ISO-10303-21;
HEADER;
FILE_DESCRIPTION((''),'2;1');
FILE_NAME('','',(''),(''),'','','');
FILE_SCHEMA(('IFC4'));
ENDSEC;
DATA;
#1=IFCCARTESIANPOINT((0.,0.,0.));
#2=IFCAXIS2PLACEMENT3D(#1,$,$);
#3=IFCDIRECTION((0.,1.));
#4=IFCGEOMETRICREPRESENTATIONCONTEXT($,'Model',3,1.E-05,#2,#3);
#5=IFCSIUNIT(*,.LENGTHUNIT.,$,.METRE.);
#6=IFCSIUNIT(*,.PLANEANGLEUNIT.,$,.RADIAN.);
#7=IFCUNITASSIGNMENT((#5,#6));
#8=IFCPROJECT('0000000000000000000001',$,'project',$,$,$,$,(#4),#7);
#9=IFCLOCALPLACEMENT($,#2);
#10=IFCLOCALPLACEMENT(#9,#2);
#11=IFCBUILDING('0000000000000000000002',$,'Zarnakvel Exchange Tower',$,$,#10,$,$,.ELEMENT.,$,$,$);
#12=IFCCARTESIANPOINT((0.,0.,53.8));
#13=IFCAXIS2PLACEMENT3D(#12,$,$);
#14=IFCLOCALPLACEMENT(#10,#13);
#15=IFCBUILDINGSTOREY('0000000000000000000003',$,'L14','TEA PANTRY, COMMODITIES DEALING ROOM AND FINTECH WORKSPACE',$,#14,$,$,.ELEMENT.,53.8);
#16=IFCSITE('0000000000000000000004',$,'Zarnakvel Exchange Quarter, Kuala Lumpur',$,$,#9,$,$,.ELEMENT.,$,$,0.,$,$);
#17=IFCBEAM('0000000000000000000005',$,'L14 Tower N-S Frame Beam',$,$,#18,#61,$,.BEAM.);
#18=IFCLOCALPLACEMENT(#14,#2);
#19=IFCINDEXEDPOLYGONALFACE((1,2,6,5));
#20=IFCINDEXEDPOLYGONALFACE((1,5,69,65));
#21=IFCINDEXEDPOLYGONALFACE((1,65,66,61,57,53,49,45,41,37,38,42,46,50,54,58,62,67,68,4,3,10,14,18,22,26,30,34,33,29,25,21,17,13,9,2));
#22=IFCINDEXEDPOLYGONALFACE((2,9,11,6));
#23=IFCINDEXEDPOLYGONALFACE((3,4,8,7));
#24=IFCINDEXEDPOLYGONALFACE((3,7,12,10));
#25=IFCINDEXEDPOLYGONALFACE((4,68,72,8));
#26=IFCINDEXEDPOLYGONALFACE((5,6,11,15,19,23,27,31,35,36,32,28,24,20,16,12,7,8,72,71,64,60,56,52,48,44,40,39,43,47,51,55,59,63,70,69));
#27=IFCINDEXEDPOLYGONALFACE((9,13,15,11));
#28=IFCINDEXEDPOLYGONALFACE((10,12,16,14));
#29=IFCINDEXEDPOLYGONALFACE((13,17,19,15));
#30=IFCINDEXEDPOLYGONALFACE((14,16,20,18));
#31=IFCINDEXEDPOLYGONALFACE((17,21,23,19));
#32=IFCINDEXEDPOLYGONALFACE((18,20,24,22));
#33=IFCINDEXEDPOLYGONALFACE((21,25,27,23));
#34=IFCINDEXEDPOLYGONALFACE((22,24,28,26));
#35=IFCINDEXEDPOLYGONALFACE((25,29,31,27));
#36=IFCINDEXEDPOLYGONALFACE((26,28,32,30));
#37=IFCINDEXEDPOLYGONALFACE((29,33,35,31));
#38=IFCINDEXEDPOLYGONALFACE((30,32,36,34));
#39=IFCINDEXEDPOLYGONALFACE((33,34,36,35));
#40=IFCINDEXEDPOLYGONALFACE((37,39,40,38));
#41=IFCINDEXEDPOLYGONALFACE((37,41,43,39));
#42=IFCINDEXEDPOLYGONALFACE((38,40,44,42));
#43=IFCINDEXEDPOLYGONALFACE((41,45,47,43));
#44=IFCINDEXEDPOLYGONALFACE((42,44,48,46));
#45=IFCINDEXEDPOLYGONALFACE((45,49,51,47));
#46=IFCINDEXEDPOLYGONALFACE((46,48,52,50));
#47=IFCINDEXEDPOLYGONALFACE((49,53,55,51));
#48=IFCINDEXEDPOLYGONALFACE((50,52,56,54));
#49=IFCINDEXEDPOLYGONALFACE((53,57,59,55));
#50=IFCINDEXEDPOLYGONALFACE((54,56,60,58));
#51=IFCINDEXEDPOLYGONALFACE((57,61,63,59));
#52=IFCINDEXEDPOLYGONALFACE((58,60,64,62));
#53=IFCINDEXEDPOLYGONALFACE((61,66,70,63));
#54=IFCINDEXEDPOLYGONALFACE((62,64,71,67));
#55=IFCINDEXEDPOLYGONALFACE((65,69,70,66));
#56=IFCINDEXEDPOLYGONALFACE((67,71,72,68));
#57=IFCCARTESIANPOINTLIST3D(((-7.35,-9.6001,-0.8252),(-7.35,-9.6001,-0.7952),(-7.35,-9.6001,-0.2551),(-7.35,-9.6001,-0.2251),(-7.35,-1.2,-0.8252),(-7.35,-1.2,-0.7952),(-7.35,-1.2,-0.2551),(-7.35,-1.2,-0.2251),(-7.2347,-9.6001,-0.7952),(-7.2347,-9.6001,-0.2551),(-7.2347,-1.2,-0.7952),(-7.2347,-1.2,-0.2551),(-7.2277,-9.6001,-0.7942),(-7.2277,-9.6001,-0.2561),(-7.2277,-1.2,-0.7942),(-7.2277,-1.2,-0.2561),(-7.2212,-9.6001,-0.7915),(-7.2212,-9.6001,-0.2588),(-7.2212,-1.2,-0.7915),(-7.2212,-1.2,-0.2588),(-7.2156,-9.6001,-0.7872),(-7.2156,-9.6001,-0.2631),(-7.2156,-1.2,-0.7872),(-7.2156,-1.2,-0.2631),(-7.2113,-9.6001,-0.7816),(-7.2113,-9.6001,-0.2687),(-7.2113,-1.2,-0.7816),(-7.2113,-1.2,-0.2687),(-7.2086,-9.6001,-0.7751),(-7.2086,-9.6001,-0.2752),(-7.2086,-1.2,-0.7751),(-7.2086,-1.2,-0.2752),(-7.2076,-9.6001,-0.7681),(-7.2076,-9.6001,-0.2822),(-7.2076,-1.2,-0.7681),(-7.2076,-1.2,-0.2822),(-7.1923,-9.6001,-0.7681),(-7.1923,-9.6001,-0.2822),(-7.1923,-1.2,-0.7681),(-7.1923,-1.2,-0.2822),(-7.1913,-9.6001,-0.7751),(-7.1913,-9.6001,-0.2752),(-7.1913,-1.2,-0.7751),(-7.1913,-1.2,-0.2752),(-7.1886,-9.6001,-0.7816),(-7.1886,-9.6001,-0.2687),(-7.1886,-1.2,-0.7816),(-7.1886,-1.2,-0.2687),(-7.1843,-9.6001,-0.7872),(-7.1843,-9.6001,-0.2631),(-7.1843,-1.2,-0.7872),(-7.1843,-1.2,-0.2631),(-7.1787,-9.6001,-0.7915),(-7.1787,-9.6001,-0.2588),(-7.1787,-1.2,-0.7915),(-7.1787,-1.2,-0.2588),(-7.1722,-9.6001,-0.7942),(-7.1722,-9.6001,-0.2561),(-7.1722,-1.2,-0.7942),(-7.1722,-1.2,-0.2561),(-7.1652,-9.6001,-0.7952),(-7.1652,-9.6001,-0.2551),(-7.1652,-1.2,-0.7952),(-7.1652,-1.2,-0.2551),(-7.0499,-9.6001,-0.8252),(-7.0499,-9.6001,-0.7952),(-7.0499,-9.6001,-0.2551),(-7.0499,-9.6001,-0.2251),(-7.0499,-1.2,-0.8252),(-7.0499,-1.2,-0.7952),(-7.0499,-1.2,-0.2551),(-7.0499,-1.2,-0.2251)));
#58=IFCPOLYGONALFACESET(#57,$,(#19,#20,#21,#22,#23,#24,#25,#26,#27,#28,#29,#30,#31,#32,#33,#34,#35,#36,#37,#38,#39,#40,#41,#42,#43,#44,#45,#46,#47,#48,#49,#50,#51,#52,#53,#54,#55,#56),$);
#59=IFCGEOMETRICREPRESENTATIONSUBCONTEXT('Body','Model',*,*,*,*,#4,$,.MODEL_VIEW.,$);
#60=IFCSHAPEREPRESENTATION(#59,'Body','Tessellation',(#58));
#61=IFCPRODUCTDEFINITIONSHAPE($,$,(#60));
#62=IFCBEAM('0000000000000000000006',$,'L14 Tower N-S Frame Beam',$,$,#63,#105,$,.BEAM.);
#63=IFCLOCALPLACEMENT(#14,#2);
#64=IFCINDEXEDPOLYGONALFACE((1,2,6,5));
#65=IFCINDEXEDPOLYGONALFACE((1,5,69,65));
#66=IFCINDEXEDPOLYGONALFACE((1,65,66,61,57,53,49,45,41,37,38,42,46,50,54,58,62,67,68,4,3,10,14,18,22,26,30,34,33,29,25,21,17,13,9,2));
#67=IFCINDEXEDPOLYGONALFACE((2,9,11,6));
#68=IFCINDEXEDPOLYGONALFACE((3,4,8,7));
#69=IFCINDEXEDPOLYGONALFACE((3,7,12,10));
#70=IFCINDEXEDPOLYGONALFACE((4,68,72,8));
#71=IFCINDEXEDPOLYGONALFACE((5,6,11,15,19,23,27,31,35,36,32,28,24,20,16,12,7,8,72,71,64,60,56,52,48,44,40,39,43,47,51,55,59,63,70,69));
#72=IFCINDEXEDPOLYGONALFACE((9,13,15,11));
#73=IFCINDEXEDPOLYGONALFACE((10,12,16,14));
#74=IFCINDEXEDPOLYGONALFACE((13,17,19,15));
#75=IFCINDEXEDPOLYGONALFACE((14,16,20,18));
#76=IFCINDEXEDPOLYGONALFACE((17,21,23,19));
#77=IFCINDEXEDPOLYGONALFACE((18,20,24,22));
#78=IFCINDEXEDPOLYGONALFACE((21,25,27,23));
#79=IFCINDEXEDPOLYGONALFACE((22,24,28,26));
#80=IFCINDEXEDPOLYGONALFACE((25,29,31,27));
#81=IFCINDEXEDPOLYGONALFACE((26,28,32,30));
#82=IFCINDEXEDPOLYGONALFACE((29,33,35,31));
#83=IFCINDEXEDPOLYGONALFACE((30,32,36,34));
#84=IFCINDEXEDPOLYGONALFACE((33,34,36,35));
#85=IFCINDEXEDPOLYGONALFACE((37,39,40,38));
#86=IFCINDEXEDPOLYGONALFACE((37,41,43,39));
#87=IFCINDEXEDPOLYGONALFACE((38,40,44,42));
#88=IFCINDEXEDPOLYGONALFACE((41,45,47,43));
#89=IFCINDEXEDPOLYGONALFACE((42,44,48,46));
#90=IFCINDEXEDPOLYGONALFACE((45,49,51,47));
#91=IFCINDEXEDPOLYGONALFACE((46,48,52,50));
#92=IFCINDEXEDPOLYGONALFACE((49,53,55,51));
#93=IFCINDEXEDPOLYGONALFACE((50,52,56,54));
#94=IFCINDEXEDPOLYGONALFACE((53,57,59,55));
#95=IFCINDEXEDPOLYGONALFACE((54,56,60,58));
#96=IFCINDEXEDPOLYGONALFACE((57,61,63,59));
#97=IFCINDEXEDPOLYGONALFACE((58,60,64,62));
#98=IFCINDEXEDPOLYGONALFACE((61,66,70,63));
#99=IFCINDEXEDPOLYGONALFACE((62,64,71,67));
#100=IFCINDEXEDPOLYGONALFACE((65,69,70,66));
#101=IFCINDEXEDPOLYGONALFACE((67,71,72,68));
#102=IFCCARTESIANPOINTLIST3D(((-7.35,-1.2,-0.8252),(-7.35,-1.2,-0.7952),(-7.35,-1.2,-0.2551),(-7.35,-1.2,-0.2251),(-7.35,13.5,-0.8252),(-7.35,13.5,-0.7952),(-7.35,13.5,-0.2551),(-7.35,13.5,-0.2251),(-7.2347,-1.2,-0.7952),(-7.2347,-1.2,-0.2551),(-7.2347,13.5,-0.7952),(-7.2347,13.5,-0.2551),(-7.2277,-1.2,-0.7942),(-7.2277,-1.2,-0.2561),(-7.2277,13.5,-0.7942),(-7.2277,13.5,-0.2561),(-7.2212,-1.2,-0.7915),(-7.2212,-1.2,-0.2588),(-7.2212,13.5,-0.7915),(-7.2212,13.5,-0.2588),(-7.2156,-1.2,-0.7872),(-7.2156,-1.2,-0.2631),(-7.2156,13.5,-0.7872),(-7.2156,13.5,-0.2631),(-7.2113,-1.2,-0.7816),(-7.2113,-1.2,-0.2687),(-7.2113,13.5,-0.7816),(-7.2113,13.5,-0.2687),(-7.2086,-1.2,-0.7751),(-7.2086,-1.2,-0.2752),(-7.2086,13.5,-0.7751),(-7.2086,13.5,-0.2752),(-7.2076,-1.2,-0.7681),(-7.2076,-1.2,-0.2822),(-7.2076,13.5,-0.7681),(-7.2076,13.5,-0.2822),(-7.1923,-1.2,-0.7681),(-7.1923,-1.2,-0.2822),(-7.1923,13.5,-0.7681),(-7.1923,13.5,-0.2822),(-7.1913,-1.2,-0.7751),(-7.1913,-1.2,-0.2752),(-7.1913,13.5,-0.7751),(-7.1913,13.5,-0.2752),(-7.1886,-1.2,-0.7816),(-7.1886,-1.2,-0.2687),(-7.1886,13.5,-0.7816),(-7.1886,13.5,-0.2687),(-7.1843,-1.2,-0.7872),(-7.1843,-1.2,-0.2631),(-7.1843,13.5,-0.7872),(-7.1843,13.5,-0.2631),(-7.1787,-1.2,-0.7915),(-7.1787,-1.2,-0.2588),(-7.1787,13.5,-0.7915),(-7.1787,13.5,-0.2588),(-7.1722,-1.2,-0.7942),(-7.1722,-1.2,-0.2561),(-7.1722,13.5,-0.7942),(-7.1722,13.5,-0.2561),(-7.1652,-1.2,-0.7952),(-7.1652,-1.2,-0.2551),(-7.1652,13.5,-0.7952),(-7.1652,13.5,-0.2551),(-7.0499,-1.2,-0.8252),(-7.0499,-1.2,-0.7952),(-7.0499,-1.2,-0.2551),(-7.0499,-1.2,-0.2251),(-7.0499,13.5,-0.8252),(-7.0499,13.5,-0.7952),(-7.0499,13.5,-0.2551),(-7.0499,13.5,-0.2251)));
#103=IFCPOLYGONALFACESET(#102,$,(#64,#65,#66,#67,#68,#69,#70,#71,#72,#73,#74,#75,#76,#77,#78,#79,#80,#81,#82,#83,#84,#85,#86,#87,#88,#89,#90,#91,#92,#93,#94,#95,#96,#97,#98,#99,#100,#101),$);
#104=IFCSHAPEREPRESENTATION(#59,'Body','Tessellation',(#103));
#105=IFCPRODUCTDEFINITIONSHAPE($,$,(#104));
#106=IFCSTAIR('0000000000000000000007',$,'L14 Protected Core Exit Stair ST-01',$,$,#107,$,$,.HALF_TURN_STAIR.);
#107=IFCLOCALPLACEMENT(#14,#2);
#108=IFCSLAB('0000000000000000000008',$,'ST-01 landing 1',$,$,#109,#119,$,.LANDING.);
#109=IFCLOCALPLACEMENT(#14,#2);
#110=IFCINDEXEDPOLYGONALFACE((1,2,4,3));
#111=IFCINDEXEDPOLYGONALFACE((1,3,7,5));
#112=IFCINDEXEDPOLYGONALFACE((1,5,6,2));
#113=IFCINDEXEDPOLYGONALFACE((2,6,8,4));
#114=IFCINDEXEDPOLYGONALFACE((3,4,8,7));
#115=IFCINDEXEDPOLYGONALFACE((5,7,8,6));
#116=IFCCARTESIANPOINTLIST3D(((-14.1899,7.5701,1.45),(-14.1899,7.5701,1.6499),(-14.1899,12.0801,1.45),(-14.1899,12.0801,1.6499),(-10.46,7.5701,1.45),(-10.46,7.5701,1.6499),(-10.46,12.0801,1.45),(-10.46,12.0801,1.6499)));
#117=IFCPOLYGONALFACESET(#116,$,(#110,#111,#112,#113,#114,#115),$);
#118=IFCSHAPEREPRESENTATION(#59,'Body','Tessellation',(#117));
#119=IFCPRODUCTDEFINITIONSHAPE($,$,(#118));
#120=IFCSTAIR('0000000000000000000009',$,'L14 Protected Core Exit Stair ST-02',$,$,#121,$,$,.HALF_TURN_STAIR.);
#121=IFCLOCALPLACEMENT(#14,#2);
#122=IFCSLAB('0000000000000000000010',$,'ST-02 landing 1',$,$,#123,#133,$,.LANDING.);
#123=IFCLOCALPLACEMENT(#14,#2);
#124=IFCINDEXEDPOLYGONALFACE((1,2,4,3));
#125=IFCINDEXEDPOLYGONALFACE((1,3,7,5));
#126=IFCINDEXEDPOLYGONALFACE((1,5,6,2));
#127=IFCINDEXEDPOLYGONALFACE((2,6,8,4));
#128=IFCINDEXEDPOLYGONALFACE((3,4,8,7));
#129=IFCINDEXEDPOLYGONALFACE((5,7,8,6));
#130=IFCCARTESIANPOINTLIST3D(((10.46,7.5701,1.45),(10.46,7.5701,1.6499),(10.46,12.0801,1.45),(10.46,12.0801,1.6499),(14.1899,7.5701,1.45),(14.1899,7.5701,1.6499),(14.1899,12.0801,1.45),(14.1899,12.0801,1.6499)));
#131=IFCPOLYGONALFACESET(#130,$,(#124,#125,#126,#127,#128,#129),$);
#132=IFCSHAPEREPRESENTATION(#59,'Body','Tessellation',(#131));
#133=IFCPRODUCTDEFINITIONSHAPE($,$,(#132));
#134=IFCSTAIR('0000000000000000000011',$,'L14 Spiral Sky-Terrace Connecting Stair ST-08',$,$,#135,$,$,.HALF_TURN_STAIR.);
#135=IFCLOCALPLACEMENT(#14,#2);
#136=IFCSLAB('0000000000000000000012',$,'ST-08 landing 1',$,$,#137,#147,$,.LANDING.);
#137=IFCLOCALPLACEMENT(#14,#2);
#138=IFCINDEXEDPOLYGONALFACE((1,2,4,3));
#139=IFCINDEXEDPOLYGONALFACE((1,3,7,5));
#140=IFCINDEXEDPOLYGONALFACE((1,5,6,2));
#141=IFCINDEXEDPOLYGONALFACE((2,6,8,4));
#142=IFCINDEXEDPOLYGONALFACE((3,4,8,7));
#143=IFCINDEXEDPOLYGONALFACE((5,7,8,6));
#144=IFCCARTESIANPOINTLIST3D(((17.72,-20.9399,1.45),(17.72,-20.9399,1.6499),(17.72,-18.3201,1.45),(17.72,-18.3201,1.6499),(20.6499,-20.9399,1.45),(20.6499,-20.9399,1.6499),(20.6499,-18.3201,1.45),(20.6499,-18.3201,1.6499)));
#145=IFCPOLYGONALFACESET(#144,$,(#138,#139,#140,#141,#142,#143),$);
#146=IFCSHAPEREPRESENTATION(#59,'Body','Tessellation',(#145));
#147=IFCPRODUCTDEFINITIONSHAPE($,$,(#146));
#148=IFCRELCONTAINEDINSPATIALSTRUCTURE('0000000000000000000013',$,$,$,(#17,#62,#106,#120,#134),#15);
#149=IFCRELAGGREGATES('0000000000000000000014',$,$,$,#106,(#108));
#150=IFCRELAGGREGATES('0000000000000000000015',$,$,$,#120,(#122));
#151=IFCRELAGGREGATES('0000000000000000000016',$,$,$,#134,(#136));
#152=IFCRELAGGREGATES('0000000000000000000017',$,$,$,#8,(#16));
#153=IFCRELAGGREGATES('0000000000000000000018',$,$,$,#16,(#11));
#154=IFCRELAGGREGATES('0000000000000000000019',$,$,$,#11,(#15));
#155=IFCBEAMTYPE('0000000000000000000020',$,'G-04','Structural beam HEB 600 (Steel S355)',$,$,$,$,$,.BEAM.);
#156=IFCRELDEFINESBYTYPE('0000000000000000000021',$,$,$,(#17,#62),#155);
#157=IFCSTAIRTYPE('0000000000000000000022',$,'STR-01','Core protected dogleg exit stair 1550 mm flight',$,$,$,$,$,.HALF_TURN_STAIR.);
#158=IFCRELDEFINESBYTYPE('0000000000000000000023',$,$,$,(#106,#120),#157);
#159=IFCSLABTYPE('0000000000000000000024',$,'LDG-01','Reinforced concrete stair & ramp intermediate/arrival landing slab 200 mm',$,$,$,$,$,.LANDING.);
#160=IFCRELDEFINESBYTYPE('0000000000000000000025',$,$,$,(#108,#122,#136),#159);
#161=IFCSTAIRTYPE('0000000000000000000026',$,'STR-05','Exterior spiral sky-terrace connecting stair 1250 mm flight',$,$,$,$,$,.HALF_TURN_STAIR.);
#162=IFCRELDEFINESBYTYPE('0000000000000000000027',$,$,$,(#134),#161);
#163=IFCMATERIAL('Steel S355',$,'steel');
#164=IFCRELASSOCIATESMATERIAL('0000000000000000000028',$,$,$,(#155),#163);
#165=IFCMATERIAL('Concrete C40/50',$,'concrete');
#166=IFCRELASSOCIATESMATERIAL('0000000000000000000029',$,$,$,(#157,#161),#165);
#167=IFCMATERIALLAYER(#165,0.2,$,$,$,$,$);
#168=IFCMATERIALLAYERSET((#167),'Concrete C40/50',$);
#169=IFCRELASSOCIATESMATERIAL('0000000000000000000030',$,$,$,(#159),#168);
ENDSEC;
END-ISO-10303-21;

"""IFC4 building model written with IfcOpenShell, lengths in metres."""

from ifc_helpers import new_model, si_unit, direction, frame, origin, origin_2d, place, context, subcontext, project, spatial, polyline, i_section, outline, extrude, material, layer, layer_set, material_profile, profile_set, type_object, element, aggregate, save


model = new_model("IFC4")

# Units and contexts
model_context = context("Model", 3, precision=1e-05, world=origin(), true_north=direction((0.0, 1.0)))
body_context = subcontext(model_context, "Body", "Model", "MODEL_VIEW")
ifc_project = project(units=[si_unit("LENGTHUNIT", "METRE"), si_unit("PLANEANGLEUNIT", "RADIAN")], contexts=[model_context])

# Site, building, storey
site_placement = place(None, origin())
site = spatial("IfcSite", under=ifc_project, at=site_placement, Name="Zarnakvel Exchange Quarter, Kuala Lumpur", CompositionType="ELEMENT", RefElevation=0.0)
building_placement = place(site_placement, origin())
building = spatial("IfcBuilding", under=site, at=building_placement, Name="Zarnakvel Exchange Tower", CompositionType="ELEMENT")
storey_placement = place(building_placement, frame((0.0, 0.0, 53.8)))
storey = spatial("IfcBuildingStorey", under=building, at=storey_placement, Name="L14", Description="TEA PANTRY, COMMODITIES DEALING ROOM AND FINTECH WORKSPACE", CompositionType="ELEMENT", Elevation=53.8)

# Beams
ifc_material_1 = material(Name="Steel S355", Category="steel")
ifc_material_profile_1 = material_profile(ifc_material_1, i_section(OverallWidth=0.3, OverallDepth=0.6001, WebThickness=0.0154, FlangeThickness=0.03, FilletRadius=0.0271, at=origin_2d()))
ifc_profile_set_1 = profile_set([ifc_material_profile_1], Name="Steel S355")
beam_type_1 = type_object("IfcBeamType", Name="G-04", Description="Structural beam HEB 600 (Steel S355)", PredefinedType="BEAM", material=ifc_profile_set_1)
beam_1_placement = place(storey_placement, frame((-7.2, -9.6001, -0.5251), z_axis=(0.0, 1.0, 0.0), x_axis=(-1.0, 0.0, 0.0)))
element("IfcBeam", 1, at=beam_1_placement, inside=storey, type_object=beam_type_1, Name="L14 Tower N-S Frame Beam", PredefinedType="BEAM", context=body_context, shape_type="SweptSolid", body=[
    extrude(i_section(OverallWidth=0.3, OverallDepth=0.6001, WebThickness=0.0154, FlangeThickness=0.03, FilletRadius=0.0271, at=origin_2d()), origin(), (0.0, 0.0, 1.0), 8.4001),
])
beam_2_placement = place(storey_placement, frame((-7.2, -1.2, -0.5251), z_axis=(0.0, 1.0, 0.0), x_axis=(-1.0, 0.0, 0.0)))
element("IfcBeam", 2, at=beam_2_placement, inside=storey, type_object=beam_type_1, Name="L14 Tower N-S Frame Beam", PredefinedType="BEAM", context=body_context, shape_type="SweptSolid", body=[
    extrude(i_section(OverallWidth=0.3, OverallDepth=0.6001, WebThickness=0.0154, FlangeThickness=0.03, FilletRadius=0.0271, at=origin_2d()), origin(), (0.0, 0.0, 1.0), 14.7),
])

# Stairs, slabs
ifc_material_2 = material(Name="Concrete C40/50", Category="concrete")
stair_type_1 = type_object("IfcStairType", Name="STR-01", Description="Core protected dogleg exit stair 1550 mm flight", PredefinedType="HALF_TURN_STAIR", material=ifc_material_2)
stair_1_placement = place(storey_placement, origin())
stair_1 = element("IfcStair", 3, at=stair_1_placement, inside=storey, type_object=stair_type_1, Name="L14 Protected Core Exit Stair ST-01", PredefinedType="HALF_TURN_STAIR")
ifc_layer_1 = layer(ifc_material_2, 0.2)
ifc_layer_set_1 = layer_set([ifc_layer_1], Name="Concrete C40/50")
slab_type_1 = type_object("IfcSlabType", Name="LDG-01", Description="Reinforced concrete stair & ramp intermediate/arrival landing slab 200 mm", PredefinedType="LANDING", material=ifc_layer_set_1)
slab_1_placement = place(storey_placement, frame((0.0, 0.0, 1.45)))
slab_1 = element("IfcSlab", 4, at=slab_1_placement, type_object=slab_type_1, Name="ST-01 landing 1", PredefinedType="LANDING", context=body_context, shape_type="SweptSolid", body=[
    extrude(outline(polyline([(-14.1899, 7.5701), (-10.46, 7.5701), (-10.46, 12.0801), (-14.1899, 12.0801), (-14.1899, 7.5701)])), origin(), (0.0, 0.0, 1.0), 0.2),
])
aggregate(stair_1, [slab_1])
stair_2_placement = place(storey_placement, origin())
stair_2 = element("IfcStair", 5, at=stair_2_placement, inside=storey, type_object=stair_type_1, Name="L14 Protected Core Exit Stair ST-02", PredefinedType="HALF_TURN_STAIR")
slab_2_placement = place(storey_placement, frame((0.0, 0.0, 1.45)))
slab_2 = element("IfcSlab", 6, at=slab_2_placement, type_object=slab_type_1, Name="ST-02 landing 1", PredefinedType="LANDING", context=body_context, shape_type="SweptSolid", body=[
    extrude(outline(polyline([(10.46, 7.5701), (14.1899, 7.5701), (14.1899, 12.0801), (10.46, 12.0801), (10.46, 7.5701)])), origin(), (0.0, 0.0, 1.0), 0.2),
])
aggregate(stair_2, [slab_2])
stair_type_2 = type_object("IfcStairType", Name="STR-05", Description="Exterior spiral sky-terrace connecting stair 1250 mm flight", PredefinedType="HALF_TURN_STAIR", material=ifc_material_2)
stair_3_placement = place(storey_placement, origin())
stair_3 = element("IfcStair", 7, at=stair_3_placement, inside=storey, type_object=stair_type_2, Name="L14 Spiral Sky-Terrace Connecting Stair ST-08", PredefinedType="HALF_TURN_STAIR")
slab_3_placement = place(storey_placement, frame((0.0, 0.0, 1.45)))
slab_3 = element("IfcSlab", 8, at=slab_3_placement, type_object=slab_type_1, Name="ST-08 landing 1", PredefinedType="LANDING", context=body_context, shape_type="SweptSolid", body=[
    extrude(outline(polyline([(17.72, -20.9399), (20.6499, -20.9399), (20.6499, -18.3201), (17.72, -18.3201), (17.72, -20.9399)])), origin(), (0.0, 0.0, 1.0), 0.2),
])
aggregate(stair_3, [slab_3])

save(model, "model.ifc")
